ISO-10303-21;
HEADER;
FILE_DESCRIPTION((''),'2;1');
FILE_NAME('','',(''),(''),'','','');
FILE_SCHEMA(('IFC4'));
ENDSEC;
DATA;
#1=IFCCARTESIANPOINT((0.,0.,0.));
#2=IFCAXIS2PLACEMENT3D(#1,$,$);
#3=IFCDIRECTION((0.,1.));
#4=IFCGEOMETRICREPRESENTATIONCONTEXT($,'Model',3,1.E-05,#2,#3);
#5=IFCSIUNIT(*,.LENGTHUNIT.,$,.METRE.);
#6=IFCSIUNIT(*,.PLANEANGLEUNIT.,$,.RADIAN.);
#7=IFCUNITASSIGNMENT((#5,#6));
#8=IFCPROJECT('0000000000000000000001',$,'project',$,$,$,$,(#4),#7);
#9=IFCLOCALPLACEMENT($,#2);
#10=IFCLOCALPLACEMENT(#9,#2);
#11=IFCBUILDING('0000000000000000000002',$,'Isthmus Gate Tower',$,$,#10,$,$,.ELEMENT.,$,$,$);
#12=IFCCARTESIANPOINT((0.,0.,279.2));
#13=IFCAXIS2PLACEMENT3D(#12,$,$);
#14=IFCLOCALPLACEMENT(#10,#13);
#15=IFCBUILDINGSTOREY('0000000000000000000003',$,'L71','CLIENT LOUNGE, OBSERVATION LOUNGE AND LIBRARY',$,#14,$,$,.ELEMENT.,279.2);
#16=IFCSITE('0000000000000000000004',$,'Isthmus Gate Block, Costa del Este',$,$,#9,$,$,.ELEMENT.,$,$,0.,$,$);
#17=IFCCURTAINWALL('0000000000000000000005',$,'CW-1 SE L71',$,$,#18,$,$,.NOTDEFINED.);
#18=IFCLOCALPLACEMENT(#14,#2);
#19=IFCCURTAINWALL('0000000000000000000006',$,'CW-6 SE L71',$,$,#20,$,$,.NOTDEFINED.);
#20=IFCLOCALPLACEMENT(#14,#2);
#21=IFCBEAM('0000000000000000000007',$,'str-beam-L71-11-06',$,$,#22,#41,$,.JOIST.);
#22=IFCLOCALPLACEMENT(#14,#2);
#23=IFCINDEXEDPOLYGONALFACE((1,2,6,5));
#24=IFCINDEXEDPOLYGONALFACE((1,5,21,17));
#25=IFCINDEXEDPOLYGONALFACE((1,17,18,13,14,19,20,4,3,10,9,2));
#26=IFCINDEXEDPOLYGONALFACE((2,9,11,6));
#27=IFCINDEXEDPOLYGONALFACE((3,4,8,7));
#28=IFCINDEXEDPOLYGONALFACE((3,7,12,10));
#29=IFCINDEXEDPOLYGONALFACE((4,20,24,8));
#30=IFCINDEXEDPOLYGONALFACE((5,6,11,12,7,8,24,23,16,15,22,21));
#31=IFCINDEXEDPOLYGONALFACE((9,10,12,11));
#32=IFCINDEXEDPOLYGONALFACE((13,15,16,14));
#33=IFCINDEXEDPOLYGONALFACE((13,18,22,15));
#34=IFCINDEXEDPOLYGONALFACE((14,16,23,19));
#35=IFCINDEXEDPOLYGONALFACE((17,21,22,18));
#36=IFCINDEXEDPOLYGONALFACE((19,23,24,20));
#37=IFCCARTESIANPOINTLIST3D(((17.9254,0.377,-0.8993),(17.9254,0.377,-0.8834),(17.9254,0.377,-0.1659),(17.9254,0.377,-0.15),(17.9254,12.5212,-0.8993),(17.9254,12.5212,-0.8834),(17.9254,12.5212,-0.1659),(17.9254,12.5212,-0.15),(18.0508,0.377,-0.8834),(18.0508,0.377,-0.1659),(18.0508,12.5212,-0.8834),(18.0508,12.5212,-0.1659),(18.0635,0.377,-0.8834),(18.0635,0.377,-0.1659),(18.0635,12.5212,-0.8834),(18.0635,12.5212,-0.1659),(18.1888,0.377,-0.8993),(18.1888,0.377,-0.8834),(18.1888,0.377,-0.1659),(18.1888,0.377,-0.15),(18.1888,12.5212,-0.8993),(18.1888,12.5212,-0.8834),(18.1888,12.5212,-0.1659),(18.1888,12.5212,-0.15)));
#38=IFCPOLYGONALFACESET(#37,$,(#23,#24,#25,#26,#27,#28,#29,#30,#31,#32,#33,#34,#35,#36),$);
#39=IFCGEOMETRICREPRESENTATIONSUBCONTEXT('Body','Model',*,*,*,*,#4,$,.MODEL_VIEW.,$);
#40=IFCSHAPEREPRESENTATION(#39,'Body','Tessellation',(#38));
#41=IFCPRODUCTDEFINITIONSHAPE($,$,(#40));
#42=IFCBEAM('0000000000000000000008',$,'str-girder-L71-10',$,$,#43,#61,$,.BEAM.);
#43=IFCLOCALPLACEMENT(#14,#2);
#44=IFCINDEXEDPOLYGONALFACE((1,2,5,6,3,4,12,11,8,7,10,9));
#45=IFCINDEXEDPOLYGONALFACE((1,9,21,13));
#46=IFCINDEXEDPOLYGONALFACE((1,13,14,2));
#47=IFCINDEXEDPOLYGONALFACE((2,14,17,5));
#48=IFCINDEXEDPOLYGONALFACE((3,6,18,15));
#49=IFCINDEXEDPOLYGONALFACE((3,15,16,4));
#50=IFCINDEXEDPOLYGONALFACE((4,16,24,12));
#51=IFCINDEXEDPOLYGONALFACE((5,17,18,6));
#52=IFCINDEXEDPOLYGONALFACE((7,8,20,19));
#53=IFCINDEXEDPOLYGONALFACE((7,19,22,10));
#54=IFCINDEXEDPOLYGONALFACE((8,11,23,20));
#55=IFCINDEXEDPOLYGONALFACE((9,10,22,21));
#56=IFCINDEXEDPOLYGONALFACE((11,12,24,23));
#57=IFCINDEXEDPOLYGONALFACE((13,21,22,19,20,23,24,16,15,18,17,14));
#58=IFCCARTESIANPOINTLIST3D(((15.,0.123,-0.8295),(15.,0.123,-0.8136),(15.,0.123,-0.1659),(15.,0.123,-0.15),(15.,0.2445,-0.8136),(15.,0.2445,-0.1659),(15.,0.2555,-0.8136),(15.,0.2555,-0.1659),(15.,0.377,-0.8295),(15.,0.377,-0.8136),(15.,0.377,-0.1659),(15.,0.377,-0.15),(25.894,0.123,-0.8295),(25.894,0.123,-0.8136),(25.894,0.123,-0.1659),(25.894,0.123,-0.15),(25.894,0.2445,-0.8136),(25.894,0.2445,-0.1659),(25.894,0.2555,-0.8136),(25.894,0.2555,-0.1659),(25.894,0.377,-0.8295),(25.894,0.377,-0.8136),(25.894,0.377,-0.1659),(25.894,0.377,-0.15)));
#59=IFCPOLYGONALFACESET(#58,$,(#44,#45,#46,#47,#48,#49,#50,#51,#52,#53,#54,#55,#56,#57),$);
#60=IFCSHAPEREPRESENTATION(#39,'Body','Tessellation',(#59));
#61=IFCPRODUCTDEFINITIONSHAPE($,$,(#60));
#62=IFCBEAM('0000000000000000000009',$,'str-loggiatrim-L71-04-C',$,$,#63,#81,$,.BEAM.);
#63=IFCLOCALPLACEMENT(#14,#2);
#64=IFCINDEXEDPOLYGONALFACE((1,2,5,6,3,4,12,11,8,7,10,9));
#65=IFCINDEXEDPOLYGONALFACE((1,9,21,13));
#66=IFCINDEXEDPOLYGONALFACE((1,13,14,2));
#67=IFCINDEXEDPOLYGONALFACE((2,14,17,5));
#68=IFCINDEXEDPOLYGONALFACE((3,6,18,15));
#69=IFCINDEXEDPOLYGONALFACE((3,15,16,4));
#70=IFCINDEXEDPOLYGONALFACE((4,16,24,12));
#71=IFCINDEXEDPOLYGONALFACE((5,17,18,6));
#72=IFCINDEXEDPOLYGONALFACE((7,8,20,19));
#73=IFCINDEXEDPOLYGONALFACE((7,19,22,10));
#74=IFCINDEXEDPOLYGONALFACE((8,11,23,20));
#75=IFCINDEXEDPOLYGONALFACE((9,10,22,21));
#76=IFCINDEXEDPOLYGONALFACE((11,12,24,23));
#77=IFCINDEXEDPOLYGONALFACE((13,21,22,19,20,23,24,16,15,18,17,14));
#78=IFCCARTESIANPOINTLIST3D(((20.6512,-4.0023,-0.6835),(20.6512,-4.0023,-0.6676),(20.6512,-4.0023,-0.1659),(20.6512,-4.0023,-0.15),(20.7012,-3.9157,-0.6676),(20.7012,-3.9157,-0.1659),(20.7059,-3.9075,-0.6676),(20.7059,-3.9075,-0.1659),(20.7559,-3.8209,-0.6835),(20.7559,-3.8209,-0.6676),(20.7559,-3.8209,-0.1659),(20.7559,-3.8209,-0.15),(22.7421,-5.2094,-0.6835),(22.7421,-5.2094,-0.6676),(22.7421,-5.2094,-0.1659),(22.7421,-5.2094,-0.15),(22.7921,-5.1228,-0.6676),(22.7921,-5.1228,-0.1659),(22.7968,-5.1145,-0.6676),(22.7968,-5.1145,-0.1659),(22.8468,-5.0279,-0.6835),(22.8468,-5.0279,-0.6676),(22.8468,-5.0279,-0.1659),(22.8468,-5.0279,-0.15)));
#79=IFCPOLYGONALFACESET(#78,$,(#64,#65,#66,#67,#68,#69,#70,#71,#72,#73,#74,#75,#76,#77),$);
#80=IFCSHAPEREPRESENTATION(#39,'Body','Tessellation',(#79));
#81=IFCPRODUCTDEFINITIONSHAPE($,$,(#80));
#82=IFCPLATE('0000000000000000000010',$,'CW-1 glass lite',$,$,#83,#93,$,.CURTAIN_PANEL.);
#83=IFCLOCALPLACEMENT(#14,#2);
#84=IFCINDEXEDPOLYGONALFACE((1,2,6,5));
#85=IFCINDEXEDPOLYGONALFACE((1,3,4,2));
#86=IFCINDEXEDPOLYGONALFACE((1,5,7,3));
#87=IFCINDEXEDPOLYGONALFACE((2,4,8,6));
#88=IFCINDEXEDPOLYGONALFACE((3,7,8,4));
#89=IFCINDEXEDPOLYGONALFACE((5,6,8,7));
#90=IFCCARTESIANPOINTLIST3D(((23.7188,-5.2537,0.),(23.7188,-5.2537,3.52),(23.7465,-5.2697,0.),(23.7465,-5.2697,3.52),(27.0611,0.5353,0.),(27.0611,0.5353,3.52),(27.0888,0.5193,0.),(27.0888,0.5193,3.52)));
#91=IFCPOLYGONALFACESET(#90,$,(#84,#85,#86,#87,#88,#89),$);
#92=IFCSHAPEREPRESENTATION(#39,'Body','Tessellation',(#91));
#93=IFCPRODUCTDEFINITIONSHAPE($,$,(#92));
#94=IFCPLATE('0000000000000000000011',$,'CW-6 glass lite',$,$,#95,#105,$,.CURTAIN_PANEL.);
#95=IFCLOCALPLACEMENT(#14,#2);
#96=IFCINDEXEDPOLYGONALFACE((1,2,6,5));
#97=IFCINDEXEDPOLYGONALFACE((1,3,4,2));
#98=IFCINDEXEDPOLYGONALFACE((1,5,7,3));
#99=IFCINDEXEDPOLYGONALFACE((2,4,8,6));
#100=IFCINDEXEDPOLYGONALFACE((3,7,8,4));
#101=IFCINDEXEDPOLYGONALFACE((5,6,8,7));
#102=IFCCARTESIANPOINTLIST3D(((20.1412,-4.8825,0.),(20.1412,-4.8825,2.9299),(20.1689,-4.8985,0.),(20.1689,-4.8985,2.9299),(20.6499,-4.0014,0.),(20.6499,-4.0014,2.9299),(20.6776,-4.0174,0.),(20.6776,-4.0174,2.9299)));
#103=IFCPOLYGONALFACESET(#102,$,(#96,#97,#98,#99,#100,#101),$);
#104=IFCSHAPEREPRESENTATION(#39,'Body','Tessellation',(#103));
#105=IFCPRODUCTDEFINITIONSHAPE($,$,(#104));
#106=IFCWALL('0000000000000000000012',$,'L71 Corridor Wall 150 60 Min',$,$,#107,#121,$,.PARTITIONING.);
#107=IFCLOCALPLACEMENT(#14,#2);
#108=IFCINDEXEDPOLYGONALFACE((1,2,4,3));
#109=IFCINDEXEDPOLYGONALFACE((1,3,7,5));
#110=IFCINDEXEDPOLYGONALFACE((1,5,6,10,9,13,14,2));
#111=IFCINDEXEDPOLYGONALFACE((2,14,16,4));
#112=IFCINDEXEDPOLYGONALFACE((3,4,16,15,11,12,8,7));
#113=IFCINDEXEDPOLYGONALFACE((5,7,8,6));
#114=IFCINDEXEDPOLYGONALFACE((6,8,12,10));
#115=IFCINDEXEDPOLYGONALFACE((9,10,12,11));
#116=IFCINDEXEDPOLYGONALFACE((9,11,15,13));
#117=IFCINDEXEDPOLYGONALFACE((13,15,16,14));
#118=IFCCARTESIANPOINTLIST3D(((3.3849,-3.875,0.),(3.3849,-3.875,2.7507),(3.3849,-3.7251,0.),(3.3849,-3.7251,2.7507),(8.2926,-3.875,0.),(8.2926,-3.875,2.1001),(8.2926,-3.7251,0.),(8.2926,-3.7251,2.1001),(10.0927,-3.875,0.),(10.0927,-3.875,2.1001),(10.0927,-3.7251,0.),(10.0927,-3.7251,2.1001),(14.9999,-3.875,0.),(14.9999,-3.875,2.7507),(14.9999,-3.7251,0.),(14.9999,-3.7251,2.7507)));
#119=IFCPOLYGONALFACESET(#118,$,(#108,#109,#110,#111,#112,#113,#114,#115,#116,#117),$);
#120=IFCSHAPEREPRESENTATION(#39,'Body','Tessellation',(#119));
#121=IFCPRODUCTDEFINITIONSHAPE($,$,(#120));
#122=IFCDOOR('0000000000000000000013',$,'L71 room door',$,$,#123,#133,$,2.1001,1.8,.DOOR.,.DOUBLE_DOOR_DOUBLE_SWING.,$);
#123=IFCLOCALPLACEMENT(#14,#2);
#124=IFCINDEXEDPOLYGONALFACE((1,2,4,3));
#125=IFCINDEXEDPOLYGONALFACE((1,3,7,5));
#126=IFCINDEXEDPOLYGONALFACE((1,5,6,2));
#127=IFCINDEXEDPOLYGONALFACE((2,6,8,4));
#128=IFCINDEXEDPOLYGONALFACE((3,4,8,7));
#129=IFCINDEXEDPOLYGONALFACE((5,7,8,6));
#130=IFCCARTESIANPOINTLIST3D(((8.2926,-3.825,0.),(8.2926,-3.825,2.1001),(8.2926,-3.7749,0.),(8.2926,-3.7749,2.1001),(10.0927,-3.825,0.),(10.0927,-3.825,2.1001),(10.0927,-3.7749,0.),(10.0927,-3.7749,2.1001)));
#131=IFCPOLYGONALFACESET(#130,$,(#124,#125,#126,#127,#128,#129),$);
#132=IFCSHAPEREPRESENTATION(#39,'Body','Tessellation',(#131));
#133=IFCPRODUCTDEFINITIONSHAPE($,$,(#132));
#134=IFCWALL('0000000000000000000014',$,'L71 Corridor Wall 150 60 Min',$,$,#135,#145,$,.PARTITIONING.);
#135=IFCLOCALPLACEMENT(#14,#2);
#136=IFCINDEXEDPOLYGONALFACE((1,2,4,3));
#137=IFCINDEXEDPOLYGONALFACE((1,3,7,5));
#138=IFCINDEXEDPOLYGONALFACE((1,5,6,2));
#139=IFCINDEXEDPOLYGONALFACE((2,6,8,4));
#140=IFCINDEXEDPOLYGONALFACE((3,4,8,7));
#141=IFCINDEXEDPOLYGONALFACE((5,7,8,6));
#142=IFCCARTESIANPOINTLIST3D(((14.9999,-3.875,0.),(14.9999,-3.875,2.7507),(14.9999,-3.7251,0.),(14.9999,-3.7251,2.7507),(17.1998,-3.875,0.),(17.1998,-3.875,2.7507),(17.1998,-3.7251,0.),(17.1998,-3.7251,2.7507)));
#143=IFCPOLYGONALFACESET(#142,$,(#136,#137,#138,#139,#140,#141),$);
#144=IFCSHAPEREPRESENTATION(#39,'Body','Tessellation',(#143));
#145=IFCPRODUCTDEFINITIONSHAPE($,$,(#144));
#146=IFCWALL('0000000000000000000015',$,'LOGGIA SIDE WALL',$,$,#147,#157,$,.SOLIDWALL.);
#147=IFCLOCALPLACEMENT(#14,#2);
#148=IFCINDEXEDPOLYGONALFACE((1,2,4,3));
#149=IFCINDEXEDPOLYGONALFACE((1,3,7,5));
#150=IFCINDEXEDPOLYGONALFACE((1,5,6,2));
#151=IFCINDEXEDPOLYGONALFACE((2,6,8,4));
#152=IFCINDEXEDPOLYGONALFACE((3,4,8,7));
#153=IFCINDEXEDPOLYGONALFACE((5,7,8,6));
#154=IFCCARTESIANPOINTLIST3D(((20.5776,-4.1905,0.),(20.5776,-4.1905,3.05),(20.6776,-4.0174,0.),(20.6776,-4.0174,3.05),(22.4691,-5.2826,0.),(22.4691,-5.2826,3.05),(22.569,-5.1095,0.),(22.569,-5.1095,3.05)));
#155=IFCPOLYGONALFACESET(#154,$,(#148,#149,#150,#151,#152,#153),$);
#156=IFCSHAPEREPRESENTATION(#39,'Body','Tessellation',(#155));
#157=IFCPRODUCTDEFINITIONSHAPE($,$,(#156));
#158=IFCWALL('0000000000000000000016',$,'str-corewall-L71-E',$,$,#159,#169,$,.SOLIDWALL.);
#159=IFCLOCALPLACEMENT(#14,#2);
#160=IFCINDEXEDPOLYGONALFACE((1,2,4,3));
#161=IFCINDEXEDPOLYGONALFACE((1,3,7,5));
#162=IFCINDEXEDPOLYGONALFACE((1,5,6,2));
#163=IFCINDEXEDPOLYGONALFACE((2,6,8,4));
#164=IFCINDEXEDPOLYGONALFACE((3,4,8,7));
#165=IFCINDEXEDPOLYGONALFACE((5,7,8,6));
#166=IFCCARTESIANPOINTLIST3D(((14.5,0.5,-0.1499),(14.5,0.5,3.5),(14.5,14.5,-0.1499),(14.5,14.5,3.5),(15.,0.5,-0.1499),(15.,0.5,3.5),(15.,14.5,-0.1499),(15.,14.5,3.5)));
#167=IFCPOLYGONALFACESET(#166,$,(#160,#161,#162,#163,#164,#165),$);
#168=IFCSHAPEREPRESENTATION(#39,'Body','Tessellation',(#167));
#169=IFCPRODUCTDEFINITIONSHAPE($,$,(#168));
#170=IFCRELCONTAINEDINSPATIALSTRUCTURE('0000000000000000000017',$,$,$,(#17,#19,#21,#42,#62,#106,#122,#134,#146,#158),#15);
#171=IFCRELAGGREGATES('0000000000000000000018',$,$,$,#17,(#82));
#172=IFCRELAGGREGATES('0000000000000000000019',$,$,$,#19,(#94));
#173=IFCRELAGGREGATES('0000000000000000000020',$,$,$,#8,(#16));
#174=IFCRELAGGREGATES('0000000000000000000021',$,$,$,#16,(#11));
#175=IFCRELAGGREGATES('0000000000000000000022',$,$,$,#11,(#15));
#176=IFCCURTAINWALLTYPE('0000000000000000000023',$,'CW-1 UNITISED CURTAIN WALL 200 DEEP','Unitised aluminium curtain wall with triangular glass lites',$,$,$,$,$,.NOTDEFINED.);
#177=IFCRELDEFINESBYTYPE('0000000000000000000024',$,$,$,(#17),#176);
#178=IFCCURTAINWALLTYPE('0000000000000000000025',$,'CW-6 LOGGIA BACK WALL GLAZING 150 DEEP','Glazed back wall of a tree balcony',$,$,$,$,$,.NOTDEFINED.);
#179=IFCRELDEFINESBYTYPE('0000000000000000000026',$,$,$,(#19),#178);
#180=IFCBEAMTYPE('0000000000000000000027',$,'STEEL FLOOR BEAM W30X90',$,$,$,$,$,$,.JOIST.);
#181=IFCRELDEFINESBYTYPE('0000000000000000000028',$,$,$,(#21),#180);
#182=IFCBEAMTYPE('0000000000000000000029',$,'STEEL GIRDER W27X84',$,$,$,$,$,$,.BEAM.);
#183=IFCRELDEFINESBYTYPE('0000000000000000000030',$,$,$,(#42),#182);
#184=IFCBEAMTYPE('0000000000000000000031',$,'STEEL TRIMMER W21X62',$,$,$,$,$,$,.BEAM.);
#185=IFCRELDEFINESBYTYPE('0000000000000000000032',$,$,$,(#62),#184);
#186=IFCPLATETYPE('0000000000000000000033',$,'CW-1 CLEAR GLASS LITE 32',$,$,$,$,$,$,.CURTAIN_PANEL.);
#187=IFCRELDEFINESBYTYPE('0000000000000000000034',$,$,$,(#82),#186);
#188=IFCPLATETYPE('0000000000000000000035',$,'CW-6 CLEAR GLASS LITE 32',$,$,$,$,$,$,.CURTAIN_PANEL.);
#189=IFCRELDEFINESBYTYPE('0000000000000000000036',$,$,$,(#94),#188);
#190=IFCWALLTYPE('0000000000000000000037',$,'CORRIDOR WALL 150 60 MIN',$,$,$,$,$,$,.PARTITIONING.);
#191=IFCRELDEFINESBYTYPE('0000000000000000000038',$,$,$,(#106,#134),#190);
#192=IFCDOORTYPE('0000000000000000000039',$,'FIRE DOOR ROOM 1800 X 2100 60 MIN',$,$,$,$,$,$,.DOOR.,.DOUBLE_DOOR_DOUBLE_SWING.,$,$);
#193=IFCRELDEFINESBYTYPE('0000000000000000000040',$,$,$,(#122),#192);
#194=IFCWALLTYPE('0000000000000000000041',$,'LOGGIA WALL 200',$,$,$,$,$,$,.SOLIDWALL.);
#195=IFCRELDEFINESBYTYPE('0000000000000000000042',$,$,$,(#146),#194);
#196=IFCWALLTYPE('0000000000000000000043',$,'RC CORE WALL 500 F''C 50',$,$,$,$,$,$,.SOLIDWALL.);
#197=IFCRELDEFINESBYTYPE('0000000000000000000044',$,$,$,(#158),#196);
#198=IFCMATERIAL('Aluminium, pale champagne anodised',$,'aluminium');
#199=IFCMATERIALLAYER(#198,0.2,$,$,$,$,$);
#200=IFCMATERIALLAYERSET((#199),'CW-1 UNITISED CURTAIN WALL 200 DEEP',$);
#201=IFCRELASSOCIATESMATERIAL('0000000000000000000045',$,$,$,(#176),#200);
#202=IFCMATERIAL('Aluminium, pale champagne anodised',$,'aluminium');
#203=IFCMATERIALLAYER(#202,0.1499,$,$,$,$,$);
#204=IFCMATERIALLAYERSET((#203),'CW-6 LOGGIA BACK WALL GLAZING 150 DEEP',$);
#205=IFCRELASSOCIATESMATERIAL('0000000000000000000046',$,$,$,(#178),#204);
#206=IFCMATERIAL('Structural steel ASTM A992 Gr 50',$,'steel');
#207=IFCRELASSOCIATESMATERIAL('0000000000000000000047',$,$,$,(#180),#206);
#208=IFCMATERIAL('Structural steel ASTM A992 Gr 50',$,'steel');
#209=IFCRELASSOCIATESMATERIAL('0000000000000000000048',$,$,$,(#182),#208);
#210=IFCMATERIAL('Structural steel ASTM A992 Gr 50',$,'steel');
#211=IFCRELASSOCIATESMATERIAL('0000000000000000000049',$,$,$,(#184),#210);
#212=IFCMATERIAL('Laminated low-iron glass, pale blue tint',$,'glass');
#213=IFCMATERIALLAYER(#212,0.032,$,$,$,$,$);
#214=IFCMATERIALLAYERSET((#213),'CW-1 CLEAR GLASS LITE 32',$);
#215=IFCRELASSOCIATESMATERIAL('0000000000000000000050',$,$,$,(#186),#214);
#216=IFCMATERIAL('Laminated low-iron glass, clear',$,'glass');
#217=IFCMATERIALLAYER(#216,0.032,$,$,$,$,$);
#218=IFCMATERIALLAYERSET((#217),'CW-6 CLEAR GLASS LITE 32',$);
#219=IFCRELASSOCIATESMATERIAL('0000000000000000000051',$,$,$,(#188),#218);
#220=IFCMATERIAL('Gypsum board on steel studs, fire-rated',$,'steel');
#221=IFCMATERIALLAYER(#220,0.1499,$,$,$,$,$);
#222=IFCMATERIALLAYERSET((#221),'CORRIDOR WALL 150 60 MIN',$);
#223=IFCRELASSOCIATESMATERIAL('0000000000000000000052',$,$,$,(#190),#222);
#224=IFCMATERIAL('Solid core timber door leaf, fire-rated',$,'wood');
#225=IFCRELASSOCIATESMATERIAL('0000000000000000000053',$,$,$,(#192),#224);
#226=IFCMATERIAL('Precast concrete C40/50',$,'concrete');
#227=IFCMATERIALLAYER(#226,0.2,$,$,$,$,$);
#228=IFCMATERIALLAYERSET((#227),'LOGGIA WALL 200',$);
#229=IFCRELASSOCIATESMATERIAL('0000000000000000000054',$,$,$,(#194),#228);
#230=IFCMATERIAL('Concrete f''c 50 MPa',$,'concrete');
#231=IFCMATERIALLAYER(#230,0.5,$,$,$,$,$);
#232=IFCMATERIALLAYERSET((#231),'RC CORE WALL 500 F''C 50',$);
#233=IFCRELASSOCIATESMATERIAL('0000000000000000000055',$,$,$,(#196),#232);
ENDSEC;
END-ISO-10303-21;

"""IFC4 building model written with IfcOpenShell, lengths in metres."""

from ifc_helpers import new_model, si_unit, direction, frame, frame_2d, origin, origin_2d, place, context, subcontext, project, spatial, rectangle, i_section, extrude, material, layer, layer_set, material_profile, profile_set, type_object, element, fill, aggregate, save


model = new_model("IFC4")

# Units and contexts
model_context = context("Model", 3, precision=1e-05, world=origin(), true_north=direction((0.0, 1.0)))
body_context = subcontext(model_context, "Body", "Model", "MODEL_VIEW")
ifc_project = project(units=[si_unit("LENGTHUNIT", "METRE"), si_unit("PLANEANGLEUNIT", "RADIAN")], contexts=[model_context])

# Site, building, storey
site_placement = place(None, origin())
site = spatial("IfcSite", under=ifc_project, at=site_placement, Name="Isthmus Gate Block, Costa del Este", CompositionType="ELEMENT", RefElevation=0.0)
building_placement = place(site_placement, origin())
building = spatial("IfcBuilding", under=site, at=building_placement, Name="Isthmus Gate Tower", CompositionType="ELEMENT")
storey_placement = place(building_placement, frame((0.0, 0.0, 279.2)))
storey = spatial("IfcBuildingStorey", under=building, at=storey_placement, Name="L71", Description="CLIENT LOUNGE, OBSERVATION LOUNGE AND LIBRARY", CompositionType="ELEMENT", Elevation=279.2)

# Curtain walls
ifc_material_1 = material(Name="Aluminium, pale champagne anodised", Category="aluminium")
ifc_layer_1 = layer(ifc_material_1, 0.2)
ifc_layer_set_1 = layer_set([ifc_layer_1], Name="CW-1 UNITISED CURTAIN WALL 200 DEEP")
curtain_wall_type_1 = type_object("IfcCurtainWallType", Name="CW-1 UNITISED CURTAIN WALL 200 DEEP", Description="Unitised aluminium curtain wall with triangular glass lites", PredefinedType="NOTDEFINED", material=ifc_layer_set_1)
curtain_wall_1_placement = place(storey_placement, origin())
curtain_wall_1 = element("IfcCurtainWall", 1, at=curtain_wall_1_placement, inside=storey, type_object=curtain_wall_type_1, Name="CW-1 SE L71", PredefinedType="NOTDEFINED")
ifc_material_2 = material(Name="Aluminium, pale champagne anodised", Category="aluminium")
ifc_layer_2 = layer(ifc_material_2, 0.1499)
ifc_layer_set_2 = layer_set([ifc_layer_2], Name="CW-6 LOGGIA BACK WALL GLAZING 150 DEEP")
curtain_wall_type_2 = type_object("IfcCurtainWallType", Name="CW-6 LOGGIA BACK WALL GLAZING 150 DEEP", Description="Glazed back wall of a tree balcony", PredefinedType="NOTDEFINED", material=ifc_layer_set_2)
curtain_wall_2_placement = place(storey_placement, origin())
curtain_wall_2 = element("IfcCurtainWall", 2, at=curtain_wall_2_placement, inside=storey, type_object=curtain_wall_type_2, Name="CW-6 SE L71", PredefinedType="NOTDEFINED")

# Beams
ifc_material_3 = material(Name="Structural steel ASTM A992 Gr 50", Category="steel")
ifc_material_profile_1 = material_profile(ifc_material_3, i_section(OverallWidth=0.2634, OverallDepth=0.7493, WebThickness=0.0127, FlangeThickness=0.0159, at=origin_2d()), Name="W30X90")
ifc_profile_set_1 = profile_set([ifc_material_profile_1], Name="Structural steel ASTM A992 Gr 50")
beam_type_1 = type_object("IfcBeamType", Name="STEEL FLOOR BEAM W30X90", PredefinedType="JOIST", material=ifc_profile_set_1)
beam_1_placement = place(storey_placement, frame((18.0571, 0.377, -0.5247), z_axis=(0.0, 1.0, 0.0), x_axis=(-1.0, 0.0, 0.0)))
element("IfcBeam", 3, at=beam_1_placement, inside=storey, type_object=beam_type_1, Name="str-beam-L71-11-06", PredefinedType="JOIST", context=body_context, shape_type="SweptSolid", body=[
    extrude(i_section(OverallWidth=0.2634, OverallDepth=0.7493, WebThickness=0.0127, FlangeThickness=0.0159, at=origin_2d()), origin(), (0.0, 0.0, 1.0), 12.1443),
])
ifc_material_4 = material(Name="Structural steel ASTM A992 Gr 50", Category="steel")
ifc_material_profile_2 = material_profile(ifc_material_4, i_section(OverallWidth=0.2539, OverallDepth=0.6794, WebThickness=0.011, FlangeThickness=0.0159, at=origin_2d()), Name="W27X84")
ifc_profile_set_2 = profile_set([ifc_material_profile_2], Name="Structural steel ASTM A992 Gr 50")
beam_type_2 = type_object("IfcBeamType", Name="STEEL GIRDER W27X84", PredefinedType="BEAM", material=ifc_profile_set_2)
beam_2_placement = place(storey_placement, frame((15.0, 0.25, -0.4897), z_axis=(1.0, 0.0, 0.0), x_axis=(0.0, 1.0, 0.0)))
element("IfcBeam", 4, at=beam_2_placement, inside=storey, type_object=beam_type_2, Name="str-girder-L71-10", PredefinedType="BEAM", context=body_context, shape_type="SweptSolid", body=[
    extrude(i_section(OverallWidth=0.2539, OverallDepth=0.6794, WebThickness=0.011, FlangeThickness=0.0159, at=origin_2d()), origin(), (0.0, 0.0, 1.0), 10.894),
])
ifc_material_5 = material(Name="Structural steel ASTM A992 Gr 50", Category="steel")
ifc_material_profile_3 = material_profile(ifc_material_5, i_section(OverallWidth=0.2095, OverallDepth=0.5334, WebThickness=0.0095, FlangeThickness=0.0159, at=origin_2d()), Name="W21X62")
ifc_profile_set_3 = profile_set([ifc_material_profile_3], Name="Structural steel ASTM A992 Gr 50")
beam_type_3 = type_object("IfcBeamType", Name="STEEL TRIMMER W21X62", PredefinedType="BEAM", material=ifc_profile_set_3)
beam_3_placement = place(storey_placement, frame((22.7944, -5.1187, -0.4167), z_axis=(-0.866044, 0.499968, 0.0), x_axis=(-0.499968, -0.866044, 0.0)))
element("IfcBeam", 5, at=beam_3_placement, inside=storey, type_object=beam_type_3, Name="str-loggiatrim-L71-04-C", PredefinedType="BEAM", context=body_context, shape_type="SweptSolid", body=[
    extrude(i_section(OverallWidth=0.2095, OverallDepth=0.5334, WebThickness=0.0095, FlangeThickness=0.0159, at=origin_2d()), origin(), (0.0, 0.0, 1.0), 2.4143),
])

# Plates
ifc_material_6 = material(Name="Laminated low-iron glass, pale blue tint", Category="glass")
ifc_layer_3 = layer(ifc_material_6, 0.032)
ifc_layer_set_3 = layer_set([ifc_layer_3], Name="CW-1 CLEAR GLASS LITE 32")
plate_type_1 = type_object("IfcPlateType", Name="CW-1 CLEAR GLASS LITE 32", PredefinedType="CURTAIN_PANEL", material=ifc_layer_set_3)
plate_1_placement = place(storey_placement, frame((25.4038, -2.3672, 0.0), z_axis=(0.0, 0.0, 1.0), x_axis=(0.5, 0.866025, 0.0)))
plate_1 = element("IfcPlate", 6, at=plate_1_placement, type_object=plate_type_1, Name="CW-1 glass lite", PredefinedType="CURTAIN_PANEL", context=body_context, shape_type="SweptSolid", body=[
    extrude(rectangle(XDim=6.6846, YDim=0.032, at=origin_2d()), origin(), (0.0, 0.0, 1.0), 3.52),
])
aggregate(curtain_wall_1, [plate_1])
ifc_material_7 = material(Name="Laminated low-iron glass, clear", Category="glass")
ifc_layer_4 = layer(ifc_material_7, 0.032)
ifc_layer_set_4 = layer_set([ifc_layer_4], Name="CW-6 CLEAR GLASS LITE 32")
plate_type_2 = type_object("IfcPlateType", Name="CW-6 CLEAR GLASS LITE 32", PredefinedType="CURTAIN_PANEL", material=ifc_layer_set_4)
plate_2_placement = place(storey_placement, frame((20.4094, -4.45, 0.0), z_axis=(0.0, 0.0, 1.0), x_axis=(0.5, 0.866025, 0.0)))
plate_2 = element("IfcPlate", 7, at=plate_2_placement, type_object=plate_type_2, Name="CW-6 glass lite", PredefinedType="CURTAIN_PANEL", context=body_context, shape_type="SweptSolid", body=[
    extrude(rectangle(XDim=1.0173, YDim=0.032, at=origin_2d()), origin(), (0.0, 0.0, 1.0), 2.9299),
])
aggregate(curtain_wall_2, [plate_2])

# Wall, opening, door
ifc_material_8 = material(Name="Gypsum board on steel studs, fire-rated", Category="steel")
ifc_layer_5 = layer(ifc_material_8, 0.1499)
ifc_layer_set_5 = layer_set([ifc_layer_5], Name="CORRIDOR WALL 150 60 MIN")
wall_type_1 = type_object("IfcWallType", Name="CORRIDOR WALL 150 60 MIN", PredefinedType="PARTITIONING", material=ifc_layer_set_5)
wall_1_placement = place(storey_placement, frame((15.0, -3.8, 0.0), z_axis=(0.0, 0.0, 1.0), x_axis=(-1.0, 0.0, 0.0)))
wall_1 = element("IfcWall", 8, at=wall_1_placement, inside=storey, type_object=wall_type_1, Name="L71 Corridor Wall 150 60 Min", PredefinedType="PARTITIONING", context=body_context, shape_type="SweptSolid", body=[
    extrude(rectangle(XDim=11.615, YDim=0.1499, at=frame_2d((5.8076, 0.0))), origin(), (0.0, 0.0, 1.0), 2.7507),
])
opening_placement = place(wall_1_placement, frame((4.9075, 0.0, 0.0)))
opening = element("IfcOpeningElement", 9, at=opening_placement, cuts=wall_1, PredefinedType="OPENING", context=body_context, shape_type="SweptSolid", body=[
    extrude(rectangle(XDim=1.8, YDim=2.1001, at=frame_2d((0.8999, 1.05))), frame((0.0, 0.085, 0.0), z_axis=(0.0, -1.0, 0.0), x_axis=(1.0, 0.0, 0.0)), (0.0, 0.0, 1.0), 0.1699),
])
ifc_material_9 = material(Name="Solid core timber door leaf, fire-rated", Category="wood")
door_type = type_object("IfcDoorType", Name="FIRE DOOR ROOM 1800 X 2100 60 MIN", OperationType="DOUBLE_DOOR_DOUBLE_SWING", PredefinedType="DOOR", material=ifc_material_9)
door_placement = place(opening_placement, origin())
door = element("IfcDoor", 10, at=door_placement, inside=storey, type_object=door_type, Name="L71 room door", OperationType="DOUBLE_DOOR_DOUBLE_SWING", OverallHeight=2.1001, OverallWidth=1.8, PredefinedType="DOOR", context=body_context, shape_type="SweptSolid", body=[
    extrude(rectangle(XDim=1.8, YDim=2.1001, at=frame_2d((0.8999, 1.05))), frame((0.0, 0.0249, 0.0), z_axis=(0.0, -1.0, 0.0), x_axis=(1.0, 0.0, 0.0)), (0.0, 0.0, 1.0), 0.05),
])
fill(opening, door)

# Walls
wall_2_placement = place(storey_placement, frame((17.2, -3.8, 0.0), z_axis=(0.0, 0.0, 1.0), x_axis=(-1.0, 0.0, 0.0)))
element("IfcWall", 11, at=wall_2_placement, inside=storey, type_object=wall_type_1, Name="L71 Corridor Wall 150 60 Min", PredefinedType="PARTITIONING", context=body_context, shape_type="SweptSolid", body=[
    extrude(rectangle(XDim=2.2, YDim=0.1499, at=frame_2d((1.1001, 0.0))), origin(), (0.0, 0.0, 1.0), 2.7507),
])
ifc_material_10 = material(Name="Precast concrete C40/50", Category="concrete")
ifc_layer_6 = layer(ifc_material_10, 0.2)
ifc_layer_set_6 = layer_set([ifc_layer_6], Name="LOGGIA WALL 200")
wall_type_2 = type_object("IfcWallType", Name="LOGGIA WALL 200", PredefinedType="SOLIDWALL", material=ifc_layer_set_6)
wall_3_placement = place(storey_placement, frame((22.519, -5.196, 0.0), z_axis=(0.0, 0.0, 1.0), x_axis=(-0.866012, 0.500022, 0.0)))
element("IfcWall", 12, at=wall_3_placement, inside=storey, type_object=wall_type_2, Name="LOGGIA SIDE WALL", PredefinedType="SOLIDWALL", context=body_context, shape_type="SweptSolid", body=[
    extrude(rectangle(XDim=2.1841, YDim=0.2, at=frame_2d((1.092, 0.0))), origin(), (0.0, 0.0, 1.0), 3.05),
])
ifc_material_11 = material(Name="Concrete f'c 50 MPa", Category="concrete")
ifc_layer_7 = layer(ifc_material_11, 0.5)
ifc_layer_set_7 = layer_set([ifc_layer_7], Name="RC CORE WALL 500 F'C 50")
wall_type_3 = type_object("IfcWallType", Name="RC CORE WALL 500 F'C 50", PredefinedType="SOLIDWALL", material=ifc_layer_set_7)
wall_4_placement = place(storey_placement, frame((14.75, 0.5, -0.1499), z_axis=(0.0, 0.0, 1.0), x_axis=(0.0, 1.0, 0.0)))
element("IfcWall", 13, at=wall_4_placement, inside=storey, type_object=wall_type_3, Name="str-corewall-L71-E", PredefinedType="SOLIDWALL", context=body_context, shape_type="SweptSolid", body=[
    extrude(rectangle(XDim=14.0, YDim=0.5, at=frame_2d((7.0, 0.0))), origin(), (0.0, 0.0, 1.0), 3.6499),
])

save(model, "model.ifc")
